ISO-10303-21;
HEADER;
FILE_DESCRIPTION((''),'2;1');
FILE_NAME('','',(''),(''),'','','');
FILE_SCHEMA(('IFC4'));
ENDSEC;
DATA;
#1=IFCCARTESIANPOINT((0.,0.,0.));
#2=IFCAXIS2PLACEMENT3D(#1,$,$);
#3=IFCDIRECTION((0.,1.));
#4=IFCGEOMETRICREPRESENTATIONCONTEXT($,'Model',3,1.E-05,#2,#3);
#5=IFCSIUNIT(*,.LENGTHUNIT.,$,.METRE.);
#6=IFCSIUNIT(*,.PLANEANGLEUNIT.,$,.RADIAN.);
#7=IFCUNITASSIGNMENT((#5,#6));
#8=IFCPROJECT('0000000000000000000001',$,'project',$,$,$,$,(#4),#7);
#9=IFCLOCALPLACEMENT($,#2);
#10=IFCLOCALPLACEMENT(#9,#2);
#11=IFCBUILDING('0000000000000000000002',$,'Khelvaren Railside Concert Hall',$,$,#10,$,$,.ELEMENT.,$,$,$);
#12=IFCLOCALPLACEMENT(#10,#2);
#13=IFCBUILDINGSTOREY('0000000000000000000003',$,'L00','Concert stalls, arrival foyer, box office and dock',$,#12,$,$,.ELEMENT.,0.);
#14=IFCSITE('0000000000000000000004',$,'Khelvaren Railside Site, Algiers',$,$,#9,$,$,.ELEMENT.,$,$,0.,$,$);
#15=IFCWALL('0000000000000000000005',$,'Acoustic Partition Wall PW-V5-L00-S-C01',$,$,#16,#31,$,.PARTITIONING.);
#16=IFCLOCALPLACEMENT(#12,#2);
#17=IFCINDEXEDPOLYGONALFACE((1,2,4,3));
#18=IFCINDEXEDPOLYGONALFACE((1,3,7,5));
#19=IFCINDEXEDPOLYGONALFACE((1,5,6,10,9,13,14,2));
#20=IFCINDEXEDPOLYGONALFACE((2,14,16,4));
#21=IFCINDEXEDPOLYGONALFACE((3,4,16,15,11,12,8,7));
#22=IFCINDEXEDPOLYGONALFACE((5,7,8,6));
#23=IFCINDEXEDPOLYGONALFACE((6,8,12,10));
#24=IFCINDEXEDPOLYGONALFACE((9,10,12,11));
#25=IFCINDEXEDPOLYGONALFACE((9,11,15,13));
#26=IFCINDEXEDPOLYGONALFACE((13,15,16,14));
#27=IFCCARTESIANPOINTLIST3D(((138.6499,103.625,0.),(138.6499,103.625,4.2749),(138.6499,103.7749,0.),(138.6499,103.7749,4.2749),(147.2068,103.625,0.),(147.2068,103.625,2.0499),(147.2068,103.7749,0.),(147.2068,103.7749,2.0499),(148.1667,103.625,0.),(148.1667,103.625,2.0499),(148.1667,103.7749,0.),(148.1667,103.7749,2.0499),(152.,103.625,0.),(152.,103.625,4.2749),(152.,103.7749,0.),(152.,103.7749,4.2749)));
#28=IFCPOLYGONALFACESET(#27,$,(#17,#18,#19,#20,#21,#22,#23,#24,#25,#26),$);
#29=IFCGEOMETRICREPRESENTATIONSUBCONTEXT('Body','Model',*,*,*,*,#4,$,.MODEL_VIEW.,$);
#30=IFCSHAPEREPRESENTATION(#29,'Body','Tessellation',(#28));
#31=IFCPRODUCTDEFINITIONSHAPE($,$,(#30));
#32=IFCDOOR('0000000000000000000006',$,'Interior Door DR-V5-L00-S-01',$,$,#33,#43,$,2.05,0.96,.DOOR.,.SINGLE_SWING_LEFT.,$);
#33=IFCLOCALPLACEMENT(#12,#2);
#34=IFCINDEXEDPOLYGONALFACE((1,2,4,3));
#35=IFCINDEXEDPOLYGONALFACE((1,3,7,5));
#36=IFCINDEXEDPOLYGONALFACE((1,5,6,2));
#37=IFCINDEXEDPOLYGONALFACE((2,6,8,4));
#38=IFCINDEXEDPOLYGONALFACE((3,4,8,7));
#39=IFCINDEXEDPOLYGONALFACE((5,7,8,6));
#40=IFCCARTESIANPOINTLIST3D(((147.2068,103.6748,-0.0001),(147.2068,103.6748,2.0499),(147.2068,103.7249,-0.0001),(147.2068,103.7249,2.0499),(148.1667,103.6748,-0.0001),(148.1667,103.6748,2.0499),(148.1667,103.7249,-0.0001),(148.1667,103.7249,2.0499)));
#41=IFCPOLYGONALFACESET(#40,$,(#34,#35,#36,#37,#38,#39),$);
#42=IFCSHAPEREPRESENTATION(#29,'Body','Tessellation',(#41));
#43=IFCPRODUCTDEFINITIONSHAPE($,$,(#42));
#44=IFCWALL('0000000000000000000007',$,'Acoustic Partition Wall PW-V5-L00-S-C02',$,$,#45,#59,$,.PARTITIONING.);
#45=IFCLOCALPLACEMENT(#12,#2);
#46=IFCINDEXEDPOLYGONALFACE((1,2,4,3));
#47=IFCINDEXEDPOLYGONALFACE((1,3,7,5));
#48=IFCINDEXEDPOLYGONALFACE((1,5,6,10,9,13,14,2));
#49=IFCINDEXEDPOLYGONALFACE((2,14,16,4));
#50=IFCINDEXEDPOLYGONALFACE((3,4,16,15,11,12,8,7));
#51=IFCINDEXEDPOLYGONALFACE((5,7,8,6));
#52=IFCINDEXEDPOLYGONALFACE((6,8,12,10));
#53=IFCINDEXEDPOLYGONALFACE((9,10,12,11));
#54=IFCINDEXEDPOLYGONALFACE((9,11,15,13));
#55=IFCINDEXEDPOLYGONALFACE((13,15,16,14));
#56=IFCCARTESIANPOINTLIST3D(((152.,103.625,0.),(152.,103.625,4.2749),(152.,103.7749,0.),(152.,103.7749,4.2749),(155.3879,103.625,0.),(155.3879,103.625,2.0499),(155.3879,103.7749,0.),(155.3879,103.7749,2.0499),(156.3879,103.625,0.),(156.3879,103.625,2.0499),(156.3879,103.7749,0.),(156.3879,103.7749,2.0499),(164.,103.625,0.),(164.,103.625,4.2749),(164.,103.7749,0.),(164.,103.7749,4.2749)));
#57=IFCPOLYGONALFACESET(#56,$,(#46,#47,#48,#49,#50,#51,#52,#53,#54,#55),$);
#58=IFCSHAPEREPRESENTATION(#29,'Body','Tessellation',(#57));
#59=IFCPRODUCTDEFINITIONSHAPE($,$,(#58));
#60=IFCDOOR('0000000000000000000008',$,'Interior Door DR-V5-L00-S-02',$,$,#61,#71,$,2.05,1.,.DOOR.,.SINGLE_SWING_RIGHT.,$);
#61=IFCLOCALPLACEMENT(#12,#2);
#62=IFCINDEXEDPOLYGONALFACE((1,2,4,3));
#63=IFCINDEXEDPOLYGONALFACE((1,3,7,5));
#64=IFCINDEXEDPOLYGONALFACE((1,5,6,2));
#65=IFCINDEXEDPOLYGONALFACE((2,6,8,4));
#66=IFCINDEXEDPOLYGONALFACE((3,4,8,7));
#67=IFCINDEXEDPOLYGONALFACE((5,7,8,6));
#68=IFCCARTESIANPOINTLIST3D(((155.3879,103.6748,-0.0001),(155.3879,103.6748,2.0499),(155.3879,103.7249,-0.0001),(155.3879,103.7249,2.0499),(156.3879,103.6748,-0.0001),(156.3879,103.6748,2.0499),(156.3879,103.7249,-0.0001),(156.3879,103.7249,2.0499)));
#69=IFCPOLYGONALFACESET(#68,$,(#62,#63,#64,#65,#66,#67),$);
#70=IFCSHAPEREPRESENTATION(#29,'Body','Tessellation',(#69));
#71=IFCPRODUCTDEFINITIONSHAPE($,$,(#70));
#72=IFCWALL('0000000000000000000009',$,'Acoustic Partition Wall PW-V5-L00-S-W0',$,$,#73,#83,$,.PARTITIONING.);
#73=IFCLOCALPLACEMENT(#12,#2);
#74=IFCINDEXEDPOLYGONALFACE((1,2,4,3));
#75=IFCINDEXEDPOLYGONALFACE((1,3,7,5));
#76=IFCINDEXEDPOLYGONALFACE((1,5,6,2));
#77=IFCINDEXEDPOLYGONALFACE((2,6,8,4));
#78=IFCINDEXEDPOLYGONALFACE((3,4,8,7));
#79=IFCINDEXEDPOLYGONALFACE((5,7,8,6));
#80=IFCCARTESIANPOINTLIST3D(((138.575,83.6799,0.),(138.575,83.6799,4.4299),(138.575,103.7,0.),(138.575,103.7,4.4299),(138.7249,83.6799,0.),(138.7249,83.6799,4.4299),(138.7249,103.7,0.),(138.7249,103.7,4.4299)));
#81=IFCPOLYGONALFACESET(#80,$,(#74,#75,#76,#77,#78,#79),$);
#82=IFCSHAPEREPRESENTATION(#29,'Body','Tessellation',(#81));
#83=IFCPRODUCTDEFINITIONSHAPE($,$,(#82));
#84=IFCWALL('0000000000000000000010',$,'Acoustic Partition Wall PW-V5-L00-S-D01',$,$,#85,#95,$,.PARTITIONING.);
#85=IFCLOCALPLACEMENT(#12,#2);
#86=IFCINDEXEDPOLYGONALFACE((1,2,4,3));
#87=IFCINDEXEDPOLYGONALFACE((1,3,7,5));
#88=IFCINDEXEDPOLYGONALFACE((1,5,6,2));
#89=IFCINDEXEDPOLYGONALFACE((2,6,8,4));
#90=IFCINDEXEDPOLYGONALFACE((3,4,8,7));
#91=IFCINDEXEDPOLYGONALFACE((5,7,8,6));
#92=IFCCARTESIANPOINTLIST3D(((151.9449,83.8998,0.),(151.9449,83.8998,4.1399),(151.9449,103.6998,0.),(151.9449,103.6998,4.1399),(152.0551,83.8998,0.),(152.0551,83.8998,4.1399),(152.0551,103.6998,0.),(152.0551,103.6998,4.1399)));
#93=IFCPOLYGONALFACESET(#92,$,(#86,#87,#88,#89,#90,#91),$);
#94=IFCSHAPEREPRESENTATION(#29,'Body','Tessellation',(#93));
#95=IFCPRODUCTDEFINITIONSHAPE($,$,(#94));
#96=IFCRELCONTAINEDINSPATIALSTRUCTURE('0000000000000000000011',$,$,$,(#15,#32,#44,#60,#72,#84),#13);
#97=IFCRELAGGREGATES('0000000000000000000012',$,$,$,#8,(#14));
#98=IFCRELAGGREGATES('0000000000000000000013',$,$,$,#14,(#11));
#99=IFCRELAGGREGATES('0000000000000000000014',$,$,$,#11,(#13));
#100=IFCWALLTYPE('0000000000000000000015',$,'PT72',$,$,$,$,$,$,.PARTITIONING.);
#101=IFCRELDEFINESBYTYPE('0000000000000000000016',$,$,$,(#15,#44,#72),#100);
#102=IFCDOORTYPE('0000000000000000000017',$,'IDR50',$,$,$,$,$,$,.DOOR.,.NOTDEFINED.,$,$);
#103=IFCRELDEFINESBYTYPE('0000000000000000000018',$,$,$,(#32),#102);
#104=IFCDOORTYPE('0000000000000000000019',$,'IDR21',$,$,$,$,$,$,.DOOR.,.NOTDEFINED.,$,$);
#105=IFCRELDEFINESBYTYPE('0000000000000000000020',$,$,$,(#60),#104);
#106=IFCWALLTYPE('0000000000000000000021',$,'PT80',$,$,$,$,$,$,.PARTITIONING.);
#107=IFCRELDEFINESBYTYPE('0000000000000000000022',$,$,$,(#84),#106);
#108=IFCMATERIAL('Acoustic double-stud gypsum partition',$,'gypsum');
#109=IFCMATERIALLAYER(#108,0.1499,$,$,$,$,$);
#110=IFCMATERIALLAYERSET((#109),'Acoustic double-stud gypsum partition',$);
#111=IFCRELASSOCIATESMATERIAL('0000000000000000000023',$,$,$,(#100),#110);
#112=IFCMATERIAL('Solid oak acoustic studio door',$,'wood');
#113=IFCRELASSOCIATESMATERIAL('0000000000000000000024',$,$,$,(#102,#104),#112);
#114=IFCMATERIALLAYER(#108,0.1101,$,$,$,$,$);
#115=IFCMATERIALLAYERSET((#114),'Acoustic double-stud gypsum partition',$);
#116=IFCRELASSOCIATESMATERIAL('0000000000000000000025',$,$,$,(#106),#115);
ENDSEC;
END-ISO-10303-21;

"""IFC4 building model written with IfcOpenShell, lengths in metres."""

from ifc_helpers import new_model, si_unit, direction, frame, frame_2d, origin, place, context, subcontext, project, spatial, rectangle, extrude, material, layer, layer_set, type_object, element, fill, save


model = new_model("IFC4")

# Units and contexts
model_context = context("Model", 3, precision=1e-05, world=origin(), true_north=direction((0.0, 1.0)))
body_context = subcontext(model_context, "Body", "Model", "MODEL_VIEW")
ifc_project = project(units=[si_unit("LENGTHUNIT", "METRE"), si_unit("PLANEANGLEUNIT", "RADIAN")], contexts=[model_context])

# Site, building, storey
site_placement = place(None, origin())
site = spatial("IfcSite", under=ifc_project, at=site_placement, Name="Khelvaren Railside Site, Algiers", CompositionType="ELEMENT", RefElevation=0.0)
building_placement = place(site_placement, origin())
building = spatial("IfcBuilding", under=site, at=building_placement, Name="Khelvaren Railside Concert Hall", CompositionType="ELEMENT")
storey_placement = place(building_placement, origin())
storey = spatial("IfcBuildingStorey", under=building, at=storey_placement, Name="L00", Description="Concert stalls, arrival foyer, box office and dock", CompositionType="ELEMENT", Elevation=0.0)

# Shared definitions
ifc_material_1 = material(Name="Acoustic double-stud gypsum partition", Category="gypsum")

# Walls, openings, doors
ifc_layer_1 = layer(ifc_material_1, 0.1499)
ifc_layer_set_1 = layer_set([ifc_layer_1], Name="Acoustic double-stud gypsum partition")
wall_type_1 = type_object("IfcWallType", Name="PT72", PredefinedType="PARTITIONING", material=ifc_layer_set_1)
wall_1_placement = place(storey_placement, frame((138.6499, 103.7, 0.0), z_axis=(0.0, 0.0, 1.0), x_axis=(1.0, 0.0, 0.0)))
wall_1 = element("IfcWall", 1, at=wall_1_placement, inside=storey, type_object=wall_type_1, Name="Acoustic Partition Wall PW-V5-L00-S-C01", PredefinedType="PARTITIONING", context=body_context, shape_type="SweptSolid", body=[
    extrude(rectangle(XDim=13.3501, YDim=0.1499, at=frame_2d((6.675, 0.0))), origin(), (0.0, 0.0, 1.0), 4.2749),
])
opening_1_placement = place(wall_1_placement, frame((8.5569, 0.0, 0.0)))
opening_1 = element("IfcOpeningElement", 2, at=opening_1_placement, cuts=wall_1, PredefinedType="OPENING", context=body_context, shape_type="SweptSolid", body=[
    extrude(rectangle(XDim=0.96, YDim=2.05, at=frame_2d((0.48, 1.0249))), frame((0.0, 0.085, 0.0), z_axis=(0.0, -1.0, 0.0), x_axis=(1.0, 0.0, 0.0)), (0.0, 0.0, 1.0), 0.1699),
])
ifc_material_2 = material(Name="Solid oak acoustic studio door", Category="wood")
door_type_1 = type_object("IfcDoorType", Name="IDR50", OperationType="NOTDEFINED", PredefinedType="DOOR", material=ifc_material_2)
door_1_placement = place(opening_1_placement, origin())
door_1 = element("IfcDoor", 3, at=door_1_placement, inside=storey, type_object=door_type_1, Name="Interior Door DR-V5-L00-S-01", OperationType="SINGLE_SWING_LEFT", OverallHeight=2.05, OverallWidth=0.96, PredefinedType="DOOR", context=body_context, shape_type="SweptSolid", body=[
    extrude(rectangle(XDim=0.96, YDim=2.05, at=frame_2d((0.48, 1.0249))), frame((0.0, 0.0249, 0.0), z_axis=(0.0, -1.0, 0.0), x_axis=(1.0, 0.0, 0.0)), (0.0, 0.0, 1.0), 0.05),
])
fill(opening_1, door_1)
wall_2_placement = place(storey_placement, frame((152.0, 103.7, 0.0), z_axis=(0.0, 0.0, 1.0), x_axis=(1.0, 0.0, 0.0)))
wall_2 = element("IfcWall", 4, at=wall_2_placement, inside=storey, type_object=wall_type_1, Name="Acoustic Partition Wall PW-V5-L00-S-C02", PredefinedType="PARTITIONING", context=body_context, shape_type="SweptSolid", body=[
    extrude(rectangle(XDim=12.0, YDim=0.1499, at=frame_2d((6.0, 0.0))), origin(), (0.0, 0.0, 1.0), 4.2749),
])
opening_2_placement = place(wall_2_placement, frame((3.3879, 0.0, 0.0)))
opening_2 = element("IfcOpeningElement", 5, at=opening_2_placement, cuts=wall_2, PredefinedType="OPENING", context=body_context, shape_type="SweptSolid", body=[
    extrude(rectangle(XDim=1.0, YDim=2.05, at=frame_2d((0.5, 1.0249))), frame((0.0, 0.085, 0.0), z_axis=(0.0, -1.0, 0.0), x_axis=(1.0, 0.0, 0.0)), (0.0, 0.0, 1.0), 0.1699),
])
door_type_2 = type_object("IfcDoorType", Name="IDR21", OperationType="NOTDEFINED", PredefinedType="DOOR", material=ifc_material_2)
door_2_placement = place(opening_2_placement, origin())
door_2 = element("IfcDoor", 6, at=door_2_placement, inside=storey, type_object=door_type_2, Name="Interior Door DR-V5-L00-S-02", OperationType="SINGLE_SWING_RIGHT", OverallHeight=2.05, OverallWidth=1.0, PredefinedType="DOOR", context=body_context, shape_type="SweptSolid", body=[
    extrude(rectangle(XDim=1.0, YDim=2.05, at=frame_2d((0.5, 1.0249))), frame((0.0, 0.0249, 0.0), z_axis=(0.0, -1.0, 0.0), x_axis=(1.0, 0.0, 0.0)), (0.0, 0.0, 1.0), 0.05),
])
fill(opening_2, door_2)

# Walls
wall_3_placement = place(storey_placement, frame((138.6499, 83.6799, 0.0), z_axis=(0.0, 0.0, 1.0), x_axis=(0.0, 1.0, 0.0)))
element("IfcWall", 7, at=wall_3_placement, inside=storey, type_object=wall_type_1, Name="Acoustic Partition Wall PW-V5-L00-S-W0", PredefinedType="PARTITIONING", context=body_context, shape_type="SweptSolid", body=[
    extrude(rectangle(XDim=20.02, YDim=0.1499, at=frame_2d((10.01, 0.0))), origin(), (0.0, 0.0, 1.0), 4.4299),
])
ifc_layer_2 = layer(ifc_material_1, 0.1101)
ifc_layer_set_2 = layer_set([ifc_layer_2], Name="Acoustic double-stud gypsum partition")
wall_type_2 = type_object("IfcWallType", Name="PT80", PredefinedType="PARTITIONING", material=ifc_layer_set_2)
wall_4_placement = place(storey_placement, frame((152.0, 83.8999, 0.0), z_axis=(0.0, 0.0, 1.0), x_axis=(0.0, 1.0, 0.0)))
element("IfcWall", 8, at=wall_4_placement, inside=storey, type_object=wall_type_2, Name="Acoustic Partition Wall PW-V5-L00-S-D01", PredefinedType="PARTITIONING", context=body_context, shape_type="SweptSolid", body=[
    extrude(rectangle(XDim=19.8, YDim=0.1101, at=frame_2d((9.8999, 0.0))), origin(), (0.0, 0.0, 1.0), 4.1399),
])

save(model, "model.ifc")
